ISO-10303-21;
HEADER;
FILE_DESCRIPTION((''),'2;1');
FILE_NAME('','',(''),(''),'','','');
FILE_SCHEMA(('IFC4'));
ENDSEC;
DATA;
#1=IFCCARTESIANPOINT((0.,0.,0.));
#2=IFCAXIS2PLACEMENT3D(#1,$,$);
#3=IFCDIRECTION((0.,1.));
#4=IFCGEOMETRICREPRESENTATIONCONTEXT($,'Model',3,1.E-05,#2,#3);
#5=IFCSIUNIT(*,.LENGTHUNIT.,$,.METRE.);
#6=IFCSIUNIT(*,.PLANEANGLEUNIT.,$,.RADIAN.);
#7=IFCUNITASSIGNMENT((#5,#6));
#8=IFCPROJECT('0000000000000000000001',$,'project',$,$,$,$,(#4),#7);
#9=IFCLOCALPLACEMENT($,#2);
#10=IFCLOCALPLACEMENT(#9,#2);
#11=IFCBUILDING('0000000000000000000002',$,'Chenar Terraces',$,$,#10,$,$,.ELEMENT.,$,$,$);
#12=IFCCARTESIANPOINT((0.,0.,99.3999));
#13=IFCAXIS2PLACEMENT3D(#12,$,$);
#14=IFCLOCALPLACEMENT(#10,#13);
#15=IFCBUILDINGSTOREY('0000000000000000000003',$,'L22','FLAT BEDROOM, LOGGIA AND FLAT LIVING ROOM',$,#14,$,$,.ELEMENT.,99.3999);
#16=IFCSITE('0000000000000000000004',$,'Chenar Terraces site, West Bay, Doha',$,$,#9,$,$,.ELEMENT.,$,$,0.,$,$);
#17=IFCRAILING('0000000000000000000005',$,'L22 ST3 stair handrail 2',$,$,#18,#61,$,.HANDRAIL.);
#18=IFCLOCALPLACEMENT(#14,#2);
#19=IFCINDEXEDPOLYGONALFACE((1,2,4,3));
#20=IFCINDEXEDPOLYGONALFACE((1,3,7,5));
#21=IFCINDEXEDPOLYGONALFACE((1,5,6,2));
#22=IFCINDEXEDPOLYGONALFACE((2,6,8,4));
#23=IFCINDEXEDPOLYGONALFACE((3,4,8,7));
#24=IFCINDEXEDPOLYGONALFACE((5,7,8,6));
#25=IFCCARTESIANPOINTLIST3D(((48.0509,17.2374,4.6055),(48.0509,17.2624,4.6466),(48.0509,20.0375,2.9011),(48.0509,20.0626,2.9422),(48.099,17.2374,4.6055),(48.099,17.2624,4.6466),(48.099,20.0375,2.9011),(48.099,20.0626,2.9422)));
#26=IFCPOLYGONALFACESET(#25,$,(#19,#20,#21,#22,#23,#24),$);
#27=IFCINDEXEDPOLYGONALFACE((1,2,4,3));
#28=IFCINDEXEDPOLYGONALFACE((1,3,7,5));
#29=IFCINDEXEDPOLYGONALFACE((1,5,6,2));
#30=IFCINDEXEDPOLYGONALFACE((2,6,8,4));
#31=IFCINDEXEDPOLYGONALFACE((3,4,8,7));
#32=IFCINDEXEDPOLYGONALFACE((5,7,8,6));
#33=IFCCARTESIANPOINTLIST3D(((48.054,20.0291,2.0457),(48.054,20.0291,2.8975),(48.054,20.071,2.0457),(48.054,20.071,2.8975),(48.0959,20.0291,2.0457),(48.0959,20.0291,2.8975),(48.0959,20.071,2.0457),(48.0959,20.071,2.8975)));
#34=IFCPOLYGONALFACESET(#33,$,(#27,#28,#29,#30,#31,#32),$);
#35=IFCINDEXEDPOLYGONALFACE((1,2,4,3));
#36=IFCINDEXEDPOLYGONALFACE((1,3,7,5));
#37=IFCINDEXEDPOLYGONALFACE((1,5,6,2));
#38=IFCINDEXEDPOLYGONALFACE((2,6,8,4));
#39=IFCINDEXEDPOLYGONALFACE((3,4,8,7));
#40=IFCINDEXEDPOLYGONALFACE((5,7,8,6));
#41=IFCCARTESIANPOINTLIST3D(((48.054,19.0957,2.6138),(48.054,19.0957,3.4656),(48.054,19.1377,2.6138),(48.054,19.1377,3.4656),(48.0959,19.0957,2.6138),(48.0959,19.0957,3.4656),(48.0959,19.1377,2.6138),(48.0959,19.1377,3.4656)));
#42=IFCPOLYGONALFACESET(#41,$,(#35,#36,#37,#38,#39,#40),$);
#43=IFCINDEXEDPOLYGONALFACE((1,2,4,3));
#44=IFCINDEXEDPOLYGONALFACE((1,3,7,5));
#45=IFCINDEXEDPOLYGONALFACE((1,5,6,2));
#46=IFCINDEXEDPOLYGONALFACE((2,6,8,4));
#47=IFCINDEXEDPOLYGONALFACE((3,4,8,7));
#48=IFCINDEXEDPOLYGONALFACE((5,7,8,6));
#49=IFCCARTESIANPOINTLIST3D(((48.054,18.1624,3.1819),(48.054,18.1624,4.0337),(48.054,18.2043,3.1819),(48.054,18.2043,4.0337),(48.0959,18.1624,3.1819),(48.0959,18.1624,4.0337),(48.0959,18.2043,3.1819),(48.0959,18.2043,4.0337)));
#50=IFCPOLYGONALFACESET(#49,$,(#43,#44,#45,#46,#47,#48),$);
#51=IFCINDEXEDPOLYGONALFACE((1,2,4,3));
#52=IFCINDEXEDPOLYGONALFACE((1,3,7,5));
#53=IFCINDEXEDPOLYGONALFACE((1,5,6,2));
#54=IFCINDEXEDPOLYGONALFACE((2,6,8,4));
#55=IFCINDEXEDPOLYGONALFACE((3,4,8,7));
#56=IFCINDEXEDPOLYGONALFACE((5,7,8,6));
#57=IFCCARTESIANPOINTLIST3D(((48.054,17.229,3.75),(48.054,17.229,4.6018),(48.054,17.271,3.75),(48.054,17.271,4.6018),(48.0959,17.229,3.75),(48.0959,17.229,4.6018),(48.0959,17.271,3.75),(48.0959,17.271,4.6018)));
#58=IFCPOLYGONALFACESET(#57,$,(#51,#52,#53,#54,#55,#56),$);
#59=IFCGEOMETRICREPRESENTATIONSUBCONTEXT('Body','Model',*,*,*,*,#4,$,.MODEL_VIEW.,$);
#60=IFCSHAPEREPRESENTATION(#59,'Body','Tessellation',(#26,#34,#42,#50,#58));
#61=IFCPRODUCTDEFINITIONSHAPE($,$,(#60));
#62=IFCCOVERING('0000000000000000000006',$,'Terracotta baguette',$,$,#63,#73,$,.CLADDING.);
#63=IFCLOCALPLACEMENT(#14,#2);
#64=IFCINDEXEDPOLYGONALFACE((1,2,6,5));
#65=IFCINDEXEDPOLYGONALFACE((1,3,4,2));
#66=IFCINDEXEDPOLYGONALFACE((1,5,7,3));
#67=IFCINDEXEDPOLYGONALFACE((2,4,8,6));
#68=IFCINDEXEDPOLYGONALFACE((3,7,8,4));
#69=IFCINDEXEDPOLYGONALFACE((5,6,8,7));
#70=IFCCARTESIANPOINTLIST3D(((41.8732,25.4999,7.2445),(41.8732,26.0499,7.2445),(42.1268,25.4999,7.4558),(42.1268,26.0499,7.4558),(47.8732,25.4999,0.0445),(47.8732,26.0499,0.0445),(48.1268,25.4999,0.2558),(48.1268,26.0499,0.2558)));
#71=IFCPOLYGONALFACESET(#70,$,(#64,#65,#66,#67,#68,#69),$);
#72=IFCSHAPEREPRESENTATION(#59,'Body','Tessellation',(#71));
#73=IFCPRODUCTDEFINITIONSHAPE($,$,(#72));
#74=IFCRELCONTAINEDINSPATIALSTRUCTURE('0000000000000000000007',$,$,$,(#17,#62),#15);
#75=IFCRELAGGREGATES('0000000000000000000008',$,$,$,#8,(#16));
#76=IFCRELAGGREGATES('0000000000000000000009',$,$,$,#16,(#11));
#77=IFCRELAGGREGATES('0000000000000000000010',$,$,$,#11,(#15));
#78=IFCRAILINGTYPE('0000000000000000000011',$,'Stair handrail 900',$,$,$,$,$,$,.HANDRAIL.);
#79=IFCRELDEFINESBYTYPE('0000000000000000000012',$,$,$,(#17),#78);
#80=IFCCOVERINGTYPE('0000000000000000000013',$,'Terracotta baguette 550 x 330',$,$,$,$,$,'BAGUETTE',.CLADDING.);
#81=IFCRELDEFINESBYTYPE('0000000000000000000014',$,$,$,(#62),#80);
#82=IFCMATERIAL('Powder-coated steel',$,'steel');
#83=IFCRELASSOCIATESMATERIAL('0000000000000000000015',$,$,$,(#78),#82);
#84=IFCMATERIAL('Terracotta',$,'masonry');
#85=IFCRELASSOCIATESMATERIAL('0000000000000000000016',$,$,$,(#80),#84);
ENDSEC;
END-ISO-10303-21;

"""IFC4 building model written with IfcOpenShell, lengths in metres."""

from ifc_helpers import new_model, si_unit, direction, frame, origin, origin_2d, place, context, subcontext, project, spatial, rectangle, extrude, material, material_profile, profile_set, type_object, element, save


model = new_model("IFC4")

# Units and contexts
model_context = context("Model", 3, precision=1e-05, world=origin(), true_north=direction((0.0, 1.0)))
body_context = subcontext(model_context, "Body", "Model", "MODEL_VIEW")
ifc_project = project(units=[si_unit("LENGTHUNIT", "METRE"), si_unit("PLANEANGLEUNIT", "RADIAN")], contexts=[model_context])

# Site, building, storey
site_placement = place(None, origin())
site = spatial("IfcSite", under=ifc_project, at=site_placement, Name="Chenar Terraces site, West Bay, Doha", CompositionType="ELEMENT", RefElevation=0.0)
building_placement = place(site_placement, origin())
building = spatial("IfcBuilding", under=site, at=building_placement, Name="Chenar Terraces", CompositionType="ELEMENT")
storey_placement = place(building_placement, frame((0.0, 0.0, 99.3999)))
storey = spatial("IfcBuildingStorey", under=building, at=storey_placement, Name="L22", Description="FLAT BEDROOM, LOGGIA AND FLAT LIVING ROOM", CompositionType="ELEMENT", Elevation=99.3999)

# Railing
ifc_material_1 = material(Name="Powder-coated steel", Category="steel")
railing_type_1 = type_object("IfcRailingType", Name="Stair handrail 900", PredefinedType="HANDRAIL", material=ifc_material_1)
railing_1_placement = place(storey_placement, frame((48.075, 20.05, 2.0457)))
element("IfcRailing", 1, at=railing_1_placement, inside=storey, type_object=railing_type_1, Name="L22 ST3 stair handrail 2", PredefinedType="HANDRAIL", context=body_context, shape_type="SweptSolid", body=[
    extrude(rectangle(XDim=0.0481, YDim=0.0481, at=origin_2d()), frame((0.0, 0.0, 0.876), z_axis=(0.0, -0.854203, 0.51994), x_axis=(1.0, 0.0, 0.0)), (0.0, 0.0, 1.0), 3.2781),
    extrude(rectangle(XDim=0.042, YDim=0.042, at=origin_2d()), origin(), (0.0, 0.0, 1.0), 0.8518),
    extrude(rectangle(XDim=0.042, YDim=0.042, at=origin_2d()), frame((0.0, -0.9333, 0.5681)), (0.0, 0.0, 1.0), 0.8518),
    extrude(rectangle(XDim=0.042, YDim=0.042, at=origin_2d()), frame((0.0, -1.8667, 1.1362)), (0.0, 0.0, 1.0), 0.8518),
    extrude(rectangle(XDim=0.042, YDim=0.042, at=origin_2d()), frame((0.0, -2.8, 1.7043)), (0.0, 0.0, 1.0), 0.8518),
])

# Covering
ifc_material_2 = material(Name="Terracotta", Category="masonry")
ifc_material_profile_1 = material_profile(ifc_material_2, rectangle(XDim=0.55, YDim=0.3301, at=origin_2d()), Name="Terracotta baguette 550 x 330")
ifc_profile_set_1 = profile_set([ifc_material_profile_1], Name="Terracotta")
covering_type = type_object("IfcCoveringType", Name="Terracotta baguette 550 x 330", ElementType="BAGUETTE", PredefinedType="CLADDING", material=ifc_profile_set_1)
covering_placement = place(storey_placement, frame((48.0, 25.7749, 0.1501), z_axis=(-0.640187, 0.0, 0.768219), x_axis=(0.0, -1.0, 0.0)))
element("IfcCovering", 2, at=covering_placement, inside=storey, type_object=covering_type, Name="Terracotta baguette", PredefinedType="CLADDING", context=body_context, shape_type="SweptSolid", body=[
    extrude(rectangle(XDim=0.55, YDim=0.3301, at=origin_2d()), origin(), (0.0, 0.0, 1.0), 9.3723),
])

save(model, "model.ifc")
